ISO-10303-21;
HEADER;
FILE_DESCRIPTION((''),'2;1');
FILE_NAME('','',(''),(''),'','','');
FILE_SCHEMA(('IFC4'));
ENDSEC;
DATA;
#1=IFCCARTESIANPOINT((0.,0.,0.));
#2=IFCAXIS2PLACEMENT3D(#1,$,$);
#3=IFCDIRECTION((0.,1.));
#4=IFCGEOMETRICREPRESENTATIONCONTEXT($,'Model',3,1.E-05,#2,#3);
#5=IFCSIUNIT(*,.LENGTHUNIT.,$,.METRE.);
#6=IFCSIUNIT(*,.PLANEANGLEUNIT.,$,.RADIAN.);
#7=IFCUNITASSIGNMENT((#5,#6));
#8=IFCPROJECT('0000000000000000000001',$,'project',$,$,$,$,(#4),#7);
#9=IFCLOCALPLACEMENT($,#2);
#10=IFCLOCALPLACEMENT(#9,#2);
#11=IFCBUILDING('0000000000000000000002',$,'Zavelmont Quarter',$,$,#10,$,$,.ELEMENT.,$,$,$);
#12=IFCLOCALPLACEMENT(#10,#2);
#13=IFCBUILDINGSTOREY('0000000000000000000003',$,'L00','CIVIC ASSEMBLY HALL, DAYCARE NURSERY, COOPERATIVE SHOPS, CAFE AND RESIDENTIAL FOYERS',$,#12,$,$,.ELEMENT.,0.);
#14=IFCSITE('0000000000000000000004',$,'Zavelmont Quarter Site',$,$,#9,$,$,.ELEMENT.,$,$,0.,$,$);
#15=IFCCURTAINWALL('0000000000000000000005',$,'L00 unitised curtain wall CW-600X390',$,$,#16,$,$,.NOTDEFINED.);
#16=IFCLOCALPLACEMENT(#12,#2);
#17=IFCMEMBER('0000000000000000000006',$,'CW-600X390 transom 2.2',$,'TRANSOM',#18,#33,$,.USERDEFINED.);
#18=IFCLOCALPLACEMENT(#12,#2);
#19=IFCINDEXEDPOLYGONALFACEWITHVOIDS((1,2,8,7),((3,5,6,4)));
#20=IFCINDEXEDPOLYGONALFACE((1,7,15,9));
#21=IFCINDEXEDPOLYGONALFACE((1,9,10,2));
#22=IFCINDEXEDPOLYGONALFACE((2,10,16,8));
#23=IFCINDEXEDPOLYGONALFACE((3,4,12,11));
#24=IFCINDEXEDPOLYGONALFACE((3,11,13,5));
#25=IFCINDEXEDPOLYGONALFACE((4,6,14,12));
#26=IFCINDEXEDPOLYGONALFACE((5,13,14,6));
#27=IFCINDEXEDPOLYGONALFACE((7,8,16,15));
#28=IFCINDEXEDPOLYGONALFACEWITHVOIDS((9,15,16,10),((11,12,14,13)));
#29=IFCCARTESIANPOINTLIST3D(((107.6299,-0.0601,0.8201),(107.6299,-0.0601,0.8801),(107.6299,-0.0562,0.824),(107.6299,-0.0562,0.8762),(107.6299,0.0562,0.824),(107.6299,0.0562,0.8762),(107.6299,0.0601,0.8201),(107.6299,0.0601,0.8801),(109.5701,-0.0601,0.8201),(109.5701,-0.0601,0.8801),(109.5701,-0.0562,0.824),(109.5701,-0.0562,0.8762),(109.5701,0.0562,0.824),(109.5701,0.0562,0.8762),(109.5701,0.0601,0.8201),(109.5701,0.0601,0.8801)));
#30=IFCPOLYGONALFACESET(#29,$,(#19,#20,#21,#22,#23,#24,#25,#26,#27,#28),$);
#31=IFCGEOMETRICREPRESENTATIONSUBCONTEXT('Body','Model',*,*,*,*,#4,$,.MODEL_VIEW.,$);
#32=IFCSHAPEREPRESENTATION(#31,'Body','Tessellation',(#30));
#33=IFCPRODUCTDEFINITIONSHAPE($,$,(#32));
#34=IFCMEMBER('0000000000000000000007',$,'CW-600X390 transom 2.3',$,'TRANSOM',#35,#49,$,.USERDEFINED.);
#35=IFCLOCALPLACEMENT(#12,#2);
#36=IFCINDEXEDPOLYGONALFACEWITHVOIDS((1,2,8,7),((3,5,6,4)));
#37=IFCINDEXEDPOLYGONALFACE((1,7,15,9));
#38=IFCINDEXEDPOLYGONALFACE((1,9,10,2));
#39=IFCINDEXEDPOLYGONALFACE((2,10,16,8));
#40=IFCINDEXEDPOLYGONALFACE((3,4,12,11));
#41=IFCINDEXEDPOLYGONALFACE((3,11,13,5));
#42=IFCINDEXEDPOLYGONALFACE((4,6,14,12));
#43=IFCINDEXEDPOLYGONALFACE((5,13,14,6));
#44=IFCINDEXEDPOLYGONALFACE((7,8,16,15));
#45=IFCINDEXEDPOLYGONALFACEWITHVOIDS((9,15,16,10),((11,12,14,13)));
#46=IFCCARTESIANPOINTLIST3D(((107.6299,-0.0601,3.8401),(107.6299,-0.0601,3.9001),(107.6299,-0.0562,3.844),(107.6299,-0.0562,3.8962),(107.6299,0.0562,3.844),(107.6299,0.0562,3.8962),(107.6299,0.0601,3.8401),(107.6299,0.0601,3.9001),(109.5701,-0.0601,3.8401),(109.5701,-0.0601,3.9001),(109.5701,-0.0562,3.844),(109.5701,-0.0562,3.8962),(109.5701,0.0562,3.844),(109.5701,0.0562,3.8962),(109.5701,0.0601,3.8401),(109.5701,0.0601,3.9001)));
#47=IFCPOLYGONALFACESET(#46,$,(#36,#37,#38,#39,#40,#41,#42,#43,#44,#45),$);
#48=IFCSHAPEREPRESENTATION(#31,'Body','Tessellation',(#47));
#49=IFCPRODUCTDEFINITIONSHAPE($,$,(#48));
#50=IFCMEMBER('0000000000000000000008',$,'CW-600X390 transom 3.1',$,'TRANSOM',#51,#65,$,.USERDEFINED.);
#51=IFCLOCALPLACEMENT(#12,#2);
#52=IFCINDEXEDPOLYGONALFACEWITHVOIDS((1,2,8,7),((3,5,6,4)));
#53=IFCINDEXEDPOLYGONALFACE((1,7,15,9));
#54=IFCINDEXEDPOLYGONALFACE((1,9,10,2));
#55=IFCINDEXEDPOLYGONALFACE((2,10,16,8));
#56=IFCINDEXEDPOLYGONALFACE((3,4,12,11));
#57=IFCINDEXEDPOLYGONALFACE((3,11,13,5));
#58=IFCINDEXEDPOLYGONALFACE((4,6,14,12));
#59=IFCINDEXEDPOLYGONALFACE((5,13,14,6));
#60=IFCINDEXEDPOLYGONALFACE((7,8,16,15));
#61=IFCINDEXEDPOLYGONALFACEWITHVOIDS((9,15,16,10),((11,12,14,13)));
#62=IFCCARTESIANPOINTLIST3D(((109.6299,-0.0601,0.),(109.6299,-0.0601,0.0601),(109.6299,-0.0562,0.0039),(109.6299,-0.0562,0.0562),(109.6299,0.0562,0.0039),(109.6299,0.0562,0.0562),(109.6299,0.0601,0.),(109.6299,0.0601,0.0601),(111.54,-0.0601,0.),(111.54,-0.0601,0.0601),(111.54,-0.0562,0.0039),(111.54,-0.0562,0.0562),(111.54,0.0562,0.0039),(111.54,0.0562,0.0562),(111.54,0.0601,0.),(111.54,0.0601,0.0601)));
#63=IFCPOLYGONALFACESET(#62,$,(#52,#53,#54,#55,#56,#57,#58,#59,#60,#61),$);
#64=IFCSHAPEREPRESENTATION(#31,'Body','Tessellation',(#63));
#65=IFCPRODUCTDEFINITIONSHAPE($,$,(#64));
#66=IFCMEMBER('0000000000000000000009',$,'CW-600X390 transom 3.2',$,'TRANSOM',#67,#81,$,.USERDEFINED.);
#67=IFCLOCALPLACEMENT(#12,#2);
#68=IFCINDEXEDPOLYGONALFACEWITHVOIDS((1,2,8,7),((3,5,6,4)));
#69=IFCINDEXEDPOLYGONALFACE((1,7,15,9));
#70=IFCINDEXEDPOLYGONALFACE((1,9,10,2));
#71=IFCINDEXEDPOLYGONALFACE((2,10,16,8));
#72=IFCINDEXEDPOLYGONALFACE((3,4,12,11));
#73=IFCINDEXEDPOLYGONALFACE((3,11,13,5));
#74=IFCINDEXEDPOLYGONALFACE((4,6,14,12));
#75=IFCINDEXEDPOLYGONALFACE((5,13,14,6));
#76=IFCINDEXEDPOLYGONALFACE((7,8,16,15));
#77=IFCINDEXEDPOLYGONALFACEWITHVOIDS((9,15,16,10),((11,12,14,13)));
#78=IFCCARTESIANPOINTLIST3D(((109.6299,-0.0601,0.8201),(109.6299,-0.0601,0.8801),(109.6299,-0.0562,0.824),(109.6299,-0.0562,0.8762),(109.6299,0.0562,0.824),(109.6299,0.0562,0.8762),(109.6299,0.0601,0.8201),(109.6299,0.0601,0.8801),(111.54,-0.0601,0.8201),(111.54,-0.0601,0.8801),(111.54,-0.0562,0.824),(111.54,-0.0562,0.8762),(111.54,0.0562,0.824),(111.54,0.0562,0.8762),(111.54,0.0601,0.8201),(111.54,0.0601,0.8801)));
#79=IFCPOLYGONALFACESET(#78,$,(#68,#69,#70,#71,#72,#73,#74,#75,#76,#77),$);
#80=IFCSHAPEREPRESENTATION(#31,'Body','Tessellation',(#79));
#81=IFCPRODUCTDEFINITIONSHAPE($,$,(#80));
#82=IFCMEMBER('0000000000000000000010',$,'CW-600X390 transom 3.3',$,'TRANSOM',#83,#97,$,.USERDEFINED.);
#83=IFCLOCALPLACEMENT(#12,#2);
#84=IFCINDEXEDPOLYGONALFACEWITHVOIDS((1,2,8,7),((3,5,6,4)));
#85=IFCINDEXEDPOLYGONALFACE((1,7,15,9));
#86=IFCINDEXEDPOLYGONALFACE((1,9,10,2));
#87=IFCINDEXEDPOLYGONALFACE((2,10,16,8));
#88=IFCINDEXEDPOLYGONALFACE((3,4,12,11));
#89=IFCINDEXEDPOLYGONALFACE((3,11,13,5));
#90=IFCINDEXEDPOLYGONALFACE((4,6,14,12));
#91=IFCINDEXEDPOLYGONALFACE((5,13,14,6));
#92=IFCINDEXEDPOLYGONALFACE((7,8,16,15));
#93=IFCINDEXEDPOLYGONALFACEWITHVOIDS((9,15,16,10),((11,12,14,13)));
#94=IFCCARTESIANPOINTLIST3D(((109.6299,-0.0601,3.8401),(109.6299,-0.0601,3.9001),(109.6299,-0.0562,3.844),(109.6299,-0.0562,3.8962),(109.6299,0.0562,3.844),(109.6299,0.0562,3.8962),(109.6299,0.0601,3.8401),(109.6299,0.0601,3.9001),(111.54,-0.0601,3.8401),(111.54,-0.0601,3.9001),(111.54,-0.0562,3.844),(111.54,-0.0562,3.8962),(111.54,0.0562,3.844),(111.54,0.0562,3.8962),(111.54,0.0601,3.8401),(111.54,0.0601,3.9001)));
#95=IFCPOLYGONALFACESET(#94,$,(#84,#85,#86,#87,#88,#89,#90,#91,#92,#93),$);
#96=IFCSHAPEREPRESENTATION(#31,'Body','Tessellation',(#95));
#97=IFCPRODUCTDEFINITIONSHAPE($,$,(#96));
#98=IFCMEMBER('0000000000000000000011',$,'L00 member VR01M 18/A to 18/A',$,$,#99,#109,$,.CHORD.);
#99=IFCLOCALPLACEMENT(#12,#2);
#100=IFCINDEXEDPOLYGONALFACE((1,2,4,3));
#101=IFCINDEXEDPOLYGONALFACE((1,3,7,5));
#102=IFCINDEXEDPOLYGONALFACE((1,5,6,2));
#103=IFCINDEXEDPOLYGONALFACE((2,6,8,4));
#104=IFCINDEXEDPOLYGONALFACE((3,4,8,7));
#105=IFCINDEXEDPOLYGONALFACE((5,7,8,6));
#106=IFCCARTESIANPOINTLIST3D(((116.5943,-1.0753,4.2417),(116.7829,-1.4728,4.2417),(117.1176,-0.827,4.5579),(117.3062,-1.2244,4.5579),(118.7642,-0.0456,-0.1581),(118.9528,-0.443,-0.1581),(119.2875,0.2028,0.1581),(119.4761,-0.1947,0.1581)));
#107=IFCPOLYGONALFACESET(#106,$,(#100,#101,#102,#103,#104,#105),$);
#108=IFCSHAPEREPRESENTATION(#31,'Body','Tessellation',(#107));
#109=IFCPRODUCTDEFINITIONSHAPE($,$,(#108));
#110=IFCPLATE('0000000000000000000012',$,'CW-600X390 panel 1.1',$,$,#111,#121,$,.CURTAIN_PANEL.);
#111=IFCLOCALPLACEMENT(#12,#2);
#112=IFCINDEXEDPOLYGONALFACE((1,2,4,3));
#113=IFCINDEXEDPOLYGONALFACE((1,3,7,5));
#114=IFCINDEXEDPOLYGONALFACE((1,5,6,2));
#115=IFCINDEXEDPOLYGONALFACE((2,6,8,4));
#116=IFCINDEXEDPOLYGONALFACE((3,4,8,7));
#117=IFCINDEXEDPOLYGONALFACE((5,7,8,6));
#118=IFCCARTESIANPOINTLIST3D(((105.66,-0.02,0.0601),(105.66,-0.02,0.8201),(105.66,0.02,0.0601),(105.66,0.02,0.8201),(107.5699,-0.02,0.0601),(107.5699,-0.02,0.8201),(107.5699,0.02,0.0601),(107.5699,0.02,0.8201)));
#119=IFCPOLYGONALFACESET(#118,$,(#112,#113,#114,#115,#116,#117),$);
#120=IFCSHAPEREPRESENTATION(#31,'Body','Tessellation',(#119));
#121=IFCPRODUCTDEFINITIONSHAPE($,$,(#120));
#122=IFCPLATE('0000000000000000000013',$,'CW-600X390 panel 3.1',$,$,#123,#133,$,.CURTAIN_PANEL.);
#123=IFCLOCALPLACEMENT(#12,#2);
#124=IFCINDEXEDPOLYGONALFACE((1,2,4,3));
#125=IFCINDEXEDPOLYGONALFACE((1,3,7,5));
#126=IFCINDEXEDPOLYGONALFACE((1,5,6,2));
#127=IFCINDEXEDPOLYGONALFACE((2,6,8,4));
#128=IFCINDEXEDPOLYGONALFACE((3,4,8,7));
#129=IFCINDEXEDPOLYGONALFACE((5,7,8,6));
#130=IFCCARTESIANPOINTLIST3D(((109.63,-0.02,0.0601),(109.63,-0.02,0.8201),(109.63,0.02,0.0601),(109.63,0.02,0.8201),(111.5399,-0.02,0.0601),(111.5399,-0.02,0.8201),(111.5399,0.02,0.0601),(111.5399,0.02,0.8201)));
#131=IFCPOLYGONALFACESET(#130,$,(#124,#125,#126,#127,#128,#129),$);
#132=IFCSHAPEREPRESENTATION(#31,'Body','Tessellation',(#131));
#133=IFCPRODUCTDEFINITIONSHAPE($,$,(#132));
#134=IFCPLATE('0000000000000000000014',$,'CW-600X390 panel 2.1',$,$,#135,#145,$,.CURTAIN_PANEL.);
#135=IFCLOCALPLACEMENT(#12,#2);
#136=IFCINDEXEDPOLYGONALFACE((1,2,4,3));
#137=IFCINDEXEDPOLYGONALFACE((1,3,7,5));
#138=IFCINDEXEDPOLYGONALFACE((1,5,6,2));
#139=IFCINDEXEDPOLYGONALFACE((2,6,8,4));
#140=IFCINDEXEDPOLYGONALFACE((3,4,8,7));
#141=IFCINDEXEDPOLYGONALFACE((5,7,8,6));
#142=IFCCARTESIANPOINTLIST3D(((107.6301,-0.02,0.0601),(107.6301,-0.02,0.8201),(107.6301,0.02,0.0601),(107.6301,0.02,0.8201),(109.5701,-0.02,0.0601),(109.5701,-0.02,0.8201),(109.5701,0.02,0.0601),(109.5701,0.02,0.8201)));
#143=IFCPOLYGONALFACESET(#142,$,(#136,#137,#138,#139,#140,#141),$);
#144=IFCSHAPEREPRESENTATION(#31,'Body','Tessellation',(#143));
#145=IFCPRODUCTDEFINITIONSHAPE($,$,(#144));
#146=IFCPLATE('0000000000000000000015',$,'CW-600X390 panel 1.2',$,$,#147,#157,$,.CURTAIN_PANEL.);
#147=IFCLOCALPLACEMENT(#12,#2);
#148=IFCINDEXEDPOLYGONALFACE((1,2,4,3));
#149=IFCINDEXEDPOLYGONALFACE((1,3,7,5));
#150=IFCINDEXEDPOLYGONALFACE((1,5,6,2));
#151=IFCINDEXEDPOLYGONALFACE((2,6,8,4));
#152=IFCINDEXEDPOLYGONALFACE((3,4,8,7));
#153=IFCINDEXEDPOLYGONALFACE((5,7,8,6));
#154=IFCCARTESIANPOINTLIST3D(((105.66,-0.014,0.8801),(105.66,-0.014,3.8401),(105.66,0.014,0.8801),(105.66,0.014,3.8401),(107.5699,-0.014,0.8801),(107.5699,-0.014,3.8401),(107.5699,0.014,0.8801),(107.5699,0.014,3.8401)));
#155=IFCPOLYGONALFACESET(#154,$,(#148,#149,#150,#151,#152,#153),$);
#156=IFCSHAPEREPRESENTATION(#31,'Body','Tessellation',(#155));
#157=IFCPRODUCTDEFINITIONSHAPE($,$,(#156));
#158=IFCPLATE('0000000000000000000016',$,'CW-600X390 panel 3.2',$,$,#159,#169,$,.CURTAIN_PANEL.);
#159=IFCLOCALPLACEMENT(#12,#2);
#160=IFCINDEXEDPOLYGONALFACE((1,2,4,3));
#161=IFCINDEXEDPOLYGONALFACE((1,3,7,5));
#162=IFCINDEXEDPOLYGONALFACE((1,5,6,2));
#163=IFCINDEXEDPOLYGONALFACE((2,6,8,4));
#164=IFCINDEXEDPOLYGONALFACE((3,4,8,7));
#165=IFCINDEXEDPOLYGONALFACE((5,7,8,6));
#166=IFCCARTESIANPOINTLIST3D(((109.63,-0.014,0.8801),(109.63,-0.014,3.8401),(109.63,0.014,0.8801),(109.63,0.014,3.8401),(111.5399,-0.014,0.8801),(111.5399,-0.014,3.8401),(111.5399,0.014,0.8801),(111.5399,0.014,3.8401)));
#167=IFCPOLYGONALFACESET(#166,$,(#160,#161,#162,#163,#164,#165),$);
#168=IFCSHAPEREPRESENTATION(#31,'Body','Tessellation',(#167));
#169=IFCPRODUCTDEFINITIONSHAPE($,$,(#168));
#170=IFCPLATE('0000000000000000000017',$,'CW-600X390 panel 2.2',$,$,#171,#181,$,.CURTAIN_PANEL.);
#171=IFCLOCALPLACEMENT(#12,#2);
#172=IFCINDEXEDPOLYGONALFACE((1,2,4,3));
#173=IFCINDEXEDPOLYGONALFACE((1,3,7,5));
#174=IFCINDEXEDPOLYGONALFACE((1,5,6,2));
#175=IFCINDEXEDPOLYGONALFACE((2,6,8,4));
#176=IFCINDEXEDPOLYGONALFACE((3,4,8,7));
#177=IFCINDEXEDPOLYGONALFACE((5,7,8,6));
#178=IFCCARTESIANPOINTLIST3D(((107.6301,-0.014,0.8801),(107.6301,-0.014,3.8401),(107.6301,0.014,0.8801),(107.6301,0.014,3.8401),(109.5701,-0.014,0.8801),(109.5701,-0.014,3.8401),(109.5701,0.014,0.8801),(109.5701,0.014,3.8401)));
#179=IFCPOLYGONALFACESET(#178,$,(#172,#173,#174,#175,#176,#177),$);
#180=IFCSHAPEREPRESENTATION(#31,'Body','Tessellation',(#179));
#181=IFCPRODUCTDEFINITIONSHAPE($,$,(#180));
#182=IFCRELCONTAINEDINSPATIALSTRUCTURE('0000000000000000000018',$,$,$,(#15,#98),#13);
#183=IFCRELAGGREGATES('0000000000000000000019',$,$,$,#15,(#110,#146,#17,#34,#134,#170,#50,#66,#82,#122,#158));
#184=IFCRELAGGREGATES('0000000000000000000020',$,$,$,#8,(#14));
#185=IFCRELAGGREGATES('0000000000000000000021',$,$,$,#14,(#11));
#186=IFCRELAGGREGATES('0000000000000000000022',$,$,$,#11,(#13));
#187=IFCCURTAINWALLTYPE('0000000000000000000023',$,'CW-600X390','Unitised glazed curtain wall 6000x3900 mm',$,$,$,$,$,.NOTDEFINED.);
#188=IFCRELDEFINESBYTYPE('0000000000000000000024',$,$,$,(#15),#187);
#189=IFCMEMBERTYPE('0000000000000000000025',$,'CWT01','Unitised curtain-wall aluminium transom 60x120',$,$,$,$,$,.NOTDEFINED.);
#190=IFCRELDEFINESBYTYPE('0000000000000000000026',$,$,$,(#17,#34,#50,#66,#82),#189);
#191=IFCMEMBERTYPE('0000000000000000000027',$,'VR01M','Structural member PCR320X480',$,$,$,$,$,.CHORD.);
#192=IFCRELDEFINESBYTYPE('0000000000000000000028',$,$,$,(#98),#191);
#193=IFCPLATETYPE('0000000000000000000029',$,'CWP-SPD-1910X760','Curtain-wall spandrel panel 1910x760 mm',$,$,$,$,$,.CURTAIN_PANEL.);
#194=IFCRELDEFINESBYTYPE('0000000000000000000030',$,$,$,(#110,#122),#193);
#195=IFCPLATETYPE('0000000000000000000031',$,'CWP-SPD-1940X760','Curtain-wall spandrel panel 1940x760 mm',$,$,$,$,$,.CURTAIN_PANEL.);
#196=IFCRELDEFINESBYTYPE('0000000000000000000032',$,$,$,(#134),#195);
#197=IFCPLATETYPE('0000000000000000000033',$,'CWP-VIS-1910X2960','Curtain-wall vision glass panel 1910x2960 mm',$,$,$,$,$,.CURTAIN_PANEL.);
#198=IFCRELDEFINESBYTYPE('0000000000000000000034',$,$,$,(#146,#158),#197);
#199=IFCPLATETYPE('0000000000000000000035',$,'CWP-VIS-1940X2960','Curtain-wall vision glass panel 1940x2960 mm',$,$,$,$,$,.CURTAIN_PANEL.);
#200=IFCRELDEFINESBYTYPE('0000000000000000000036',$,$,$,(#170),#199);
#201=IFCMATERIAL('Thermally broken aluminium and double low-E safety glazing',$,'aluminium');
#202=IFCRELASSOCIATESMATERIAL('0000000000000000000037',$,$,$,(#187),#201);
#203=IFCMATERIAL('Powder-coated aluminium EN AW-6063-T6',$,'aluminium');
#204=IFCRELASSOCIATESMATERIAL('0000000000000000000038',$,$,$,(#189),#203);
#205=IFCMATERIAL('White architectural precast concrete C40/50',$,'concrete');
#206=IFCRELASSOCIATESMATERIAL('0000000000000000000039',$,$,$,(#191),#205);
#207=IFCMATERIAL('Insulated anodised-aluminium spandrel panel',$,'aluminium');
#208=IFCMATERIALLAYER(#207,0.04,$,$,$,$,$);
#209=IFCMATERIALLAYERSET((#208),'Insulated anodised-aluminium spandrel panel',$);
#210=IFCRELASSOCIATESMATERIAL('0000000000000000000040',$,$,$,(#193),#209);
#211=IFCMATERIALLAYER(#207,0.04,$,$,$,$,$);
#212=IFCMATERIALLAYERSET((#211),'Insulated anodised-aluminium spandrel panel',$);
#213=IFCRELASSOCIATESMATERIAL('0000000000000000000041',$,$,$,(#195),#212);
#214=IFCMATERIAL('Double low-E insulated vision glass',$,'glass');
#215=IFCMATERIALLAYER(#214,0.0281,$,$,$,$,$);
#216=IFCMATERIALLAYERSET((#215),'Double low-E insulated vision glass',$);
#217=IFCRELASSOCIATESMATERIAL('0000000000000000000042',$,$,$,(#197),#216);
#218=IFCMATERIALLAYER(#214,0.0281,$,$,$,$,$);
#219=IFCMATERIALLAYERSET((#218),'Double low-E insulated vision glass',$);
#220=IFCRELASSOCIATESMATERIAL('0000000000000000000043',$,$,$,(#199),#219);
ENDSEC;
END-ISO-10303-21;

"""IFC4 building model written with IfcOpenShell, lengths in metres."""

from ifc_helpers import new_model, si_unit, direction, frame, origin, origin_2d, place, context, subcontext, project, spatial, rectangle, hollow_rectangle, extrude, material, layer, layer_set, material_profile, profile_set, type_object, element, aggregate, save


model = new_model("IFC4")

# Units and contexts
model_context = context("Model", 3, precision=1e-05, world=origin(), true_north=direction((0.0, 1.0)))
body_context = subcontext(model_context, "Body", "Model", "MODEL_VIEW")
ifc_project = project(units=[si_unit("LENGTHUNIT", "METRE"), si_unit("PLANEANGLEUNIT", "RADIAN")], contexts=[model_context])

# Site, building, storey
site_placement = place(None, origin())
site = spatial("IfcSite", under=ifc_project, at=site_placement, Name="Zavelmont Quarter Site", CompositionType="ELEMENT", RefElevation=0.0)
building_placement = place(site_placement, origin())
building = spatial("IfcBuilding", under=site, at=building_placement, Name="Zavelmont Quarter", CompositionType="ELEMENT")
storey_placement = place(building_placement, origin())
storey = spatial("IfcBuildingStorey", under=building, at=storey_placement, Name="L00", Description="CIVIC ASSEMBLY HALL, DAYCARE NURSERY, COOPERATIVE SHOPS, CAFE AND RESIDENTIAL FOYERS", CompositionType="ELEMENT", Elevation=0.0)

# Shared definitions
ifc_material_1 = material(Name="Thermally broken aluminium and double low-E safety glazing", Category="aluminium")
ifc_material_2 = material(Name="Powder-coated aluminium EN AW-6063-T6", Category="aluminium")

# Curtain wall
curtain_wall_type_1 = type_object("IfcCurtainWallType", Name="CW-600X390", Description="Unitised glazed curtain wall 6000x3900 mm", PredefinedType="NOTDEFINED", material=ifc_material_1)
curtain_wall_1_placement = place(storey_placement, origin())
curtain_wall_1 = element("IfcCurtainWall", 1, at=curtain_wall_1_placement, inside=storey, type_object=curtain_wall_type_1, Name="L00 unitised curtain wall CW-600X390", PredefinedType="NOTDEFINED")

# Members
ifc_material_profile_1 = material_profile(ifc_material_2, hollow_rectangle(XDim=0.1201, YDim=0.0601, WallThickness=0.0039, at=origin_2d()), Name="CWT60X120")
ifc_profile_set_1 = profile_set([ifc_material_profile_1], Name="Powder-coated aluminium EN AW-6063-T6")
member_type_1 = type_object("IfcMemberType", Name="CWT01", Description="Unitised curtain-wall aluminium transom 60x120", PredefinedType="NOTDEFINED", material=ifc_profile_set_1)
member_1_placement = place(storey_placement, frame((107.6299, 0.0, 0.8501), z_axis=(1.0, 0.0, 0.0), x_axis=(0.0, 1.0, 0.0)))
member_1 = element("IfcMember", 2, at=member_1_placement, type_object=member_type_1, Name="CW-600X390 transom 2.2", ObjectType="TRANSOM", PredefinedType="USERDEFINED", context=body_context, shape_type="SweptSolid", body=[
    extrude(hollow_rectangle(XDim=0.1201, YDim=0.0601, WallThickness=0.0039, at=origin_2d()), origin(), (0.0, 0.0, 1.0), 1.9402),
])
member_2_placement = place(storey_placement, frame((107.6299, 0.0, 3.8701), z_axis=(1.0, 0.0, 0.0), x_axis=(0.0, 1.0, 0.0)))
member_2 = element("IfcMember", 3, at=member_2_placement, type_object=member_type_1, Name="CW-600X390 transom 2.3", ObjectType="TRANSOM", PredefinedType="USERDEFINED", context=body_context, shape_type="SweptSolid", body=[
    extrude(hollow_rectangle(XDim=0.1201, YDim=0.0601, WallThickness=0.0039, at=origin_2d()), origin(), (0.0, 0.0, 1.0), 1.9402),
])
member_3_placement = place(storey_placement, frame((109.6299, 0.0, 0.03), z_axis=(1.0, 0.0, 0.0), x_axis=(0.0, 1.0, 0.0)))
member_3 = element("IfcMember", 4, at=member_3_placement, type_object=member_type_1, Name="CW-600X390 transom 3.1", ObjectType="TRANSOM", PredefinedType="USERDEFINED", context=body_context, shape_type="SweptSolid", body=[
    extrude(hollow_rectangle(XDim=0.1201, YDim=0.0601, WallThickness=0.0039, at=origin_2d()), origin(), (0.0, 0.0, 1.0), 1.9102),
])
member_4_placement = place(storey_placement, frame((109.6299, 0.0, 0.8501), z_axis=(1.0, 0.0, 0.0), x_axis=(0.0, 1.0, 0.0)))
member_4 = element("IfcMember", 5, at=member_4_placement, type_object=member_type_1, Name="CW-600X390 transom 3.2", ObjectType="TRANSOM", PredefinedType="USERDEFINED", context=body_context, shape_type="SweptSolid", body=[
    extrude(hollow_rectangle(XDim=0.1201, YDim=0.0601, WallThickness=0.0039, at=origin_2d()), origin(), (0.0, 0.0, 1.0), 1.9102),
])
member_5_placement = place(storey_placement, frame((109.6299, 0.0, 3.8701), z_axis=(1.0, 0.0, 0.0), x_axis=(0.0, 1.0, 0.0)))
member_5 = element("IfcMember", 6, at=member_5_placement, type_object=member_type_1, Name="CW-600X390 transom 3.3", ObjectType="TRANSOM", PredefinedType="USERDEFINED", context=body_context, shape_type="SweptSolid", body=[
    extrude(hollow_rectangle(XDim=0.1201, YDim=0.0601, WallThickness=0.0039, at=origin_2d()), origin(), (0.0, 0.0, 1.0), 1.9102),
])
ifc_material_3 = material(Name="White architectural precast concrete C40/50", Category="concrete")
ifc_material_profile_2 = material_profile(ifc_material_3, rectangle(XDim=0.4399, YDim=0.6599, at=origin_2d()), Name="PCR320X480")
ifc_profile_set_2 = profile_set([ifc_material_profile_2], Name="White architectural precast concrete C40/50")
member_type_2 = type_object("IfcMemberType", Name="VR01M", Description="Structural member PCR320X480", PredefinedType="CHORD", material=ifc_profile_set_2)
member_6_placement = place(storey_placement, frame((119.1201, -0.1201, 0.0), z_axis=(-0.432876, -0.205431, 0.877734), x_axis=(0.428742, -0.903427, 0.0)))
element("IfcMember", 7, at=member_6_placement, inside=storey, type_object=member_type_2, Name="L00 member VR01M 18/A to 18/A", PredefinedType="CHORD", context=body_context, shape_type="SweptSolid", body=[
    extrude(rectangle(XDim=0.4399, YDim=0.6599, at=origin_2d()), origin(), (0.0, 0.0, 1.0), 5.0127),
])

# Plates
ifc_material_4 = material(Name="Insulated anodised-aluminium spandrel panel", Category="aluminium")
ifc_layer_1 = layer(ifc_material_4, 0.04)
ifc_layer_set_1 = layer_set([ifc_layer_1], Name="Insulated anodised-aluminium spandrel panel")
plate_type_1 = type_object("IfcPlateType", Name="CWP-SPD-1910X760", Description="Curtain-wall spandrel panel 1910x760 mm", PredefinedType="CURTAIN_PANEL", material=ifc_layer_set_1)
plate_1_placement = place(storey_placement, frame((106.615, 0.0, 0.0601), z_axis=(0.0, 0.0, 1.0), x_axis=(1.0, 0.0, 0.0)))
plate_1 = element("IfcPlate", 8, at=plate_1_placement, type_object=plate_type_1, Name="CW-600X390 panel 1.1", PredefinedType="CURTAIN_PANEL", context=body_context, shape_type="SweptSolid", body=[
    extrude(rectangle(XDim=1.9099, YDim=0.04, at=origin_2d()), origin(), (0.0, 0.0, 1.0), 0.76),
])
plate_2_placement = place(storey_placement, frame((110.585, 0.0, 0.0601), z_axis=(0.0, 0.0, 1.0), x_axis=(1.0, 0.0, 0.0)))
plate_2 = element("IfcPlate", 9, at=plate_2_placement, type_object=plate_type_1, Name="CW-600X390 panel 3.1", PredefinedType="CURTAIN_PANEL", context=body_context, shape_type="SweptSolid", body=[
    extrude(rectangle(XDim=1.9099, YDim=0.04, at=origin_2d()), origin(), (0.0, 0.0, 1.0), 0.76),
])
ifc_layer_2 = layer(ifc_material_4, 0.04)
ifc_layer_set_2 = layer_set([ifc_layer_2], Name="Insulated anodised-aluminium spandrel panel")
plate_type_2 = type_object("IfcPlateType", Name="CWP-SPD-1940X760", Description="Curtain-wall spandrel panel 1940x760 mm", PredefinedType="CURTAIN_PANEL", material=ifc_layer_set_2)
plate_3_placement = place(storey_placement, frame((108.6001, 0.0, 0.0601), z_axis=(0.0, 0.0, 1.0), x_axis=(1.0, 0.0, 0.0)))
plate_3 = element("IfcPlate", 10, at=plate_3_placement, type_object=plate_type_2, Name="CW-600X390 panel 2.1", PredefinedType="CURTAIN_PANEL", context=body_context, shape_type="SweptSolid", body=[
    extrude(rectangle(XDim=1.9399, YDim=0.04, at=origin_2d()), origin(), (0.0, 0.0, 1.0), 0.76),
])
ifc_material_5 = material(Name="Double low-E insulated vision glass", Category="glass")
ifc_layer_3 = layer(ifc_material_5, 0.0281)
ifc_layer_set_3 = layer_set([ifc_layer_3], Name="Double low-E insulated vision glass")
plate_type_3 = type_object("IfcPlateType", Name="CWP-VIS-1910X2960", Description="Curtain-wall vision glass panel 1910x2960 mm", PredefinedType="CURTAIN_PANEL", material=ifc_layer_set_3)
plate_4_placement = place(storey_placement, frame((106.615, 0.0, 0.8801), z_axis=(0.0, 0.0, 1.0), x_axis=(1.0, 0.0, 0.0)))
plate_4 = element("IfcPlate", 11, at=plate_4_placement, type_object=plate_type_3, Name="CW-600X390 panel 1.2", PredefinedType="CURTAIN_PANEL", context=body_context, shape_type="SweptSolid", body=[
    extrude(rectangle(XDim=1.9099, YDim=0.0281, at=origin_2d()), origin(), (0.0, 0.0, 1.0), 2.96),
])
plate_5_placement = place(storey_placement, frame((110.585, 0.0, 0.8801), z_axis=(0.0, 0.0, 1.0), x_axis=(1.0, 0.0, 0.0)))
plate_5 = element("IfcPlate", 12, at=plate_5_placement, type_object=plate_type_3, Name="CW-600X390 panel 3.2", PredefinedType="CURTAIN_PANEL", context=body_context, shape_type="SweptSolid", body=[
    extrude(rectangle(XDim=1.9099, YDim=0.0281, at=origin_2d()), origin(), (0.0, 0.0, 1.0), 2.96),
])
ifc_layer_4 = layer(ifc_material_5, 0.0281)
ifc_layer_set_4 = layer_set([ifc_layer_4], Name="Double low-E insulated vision glass")
plate_type_4 = type_object("IfcPlateType", Name="CWP-VIS-1940X2960", Description="Curtain-wall vision glass panel 1940x2960 mm", PredefinedType="CURTAIN_PANEL", material=ifc_layer_set_4)
plate_6_placement = place(storey_placement, frame((108.6001, 0.0, 0.8801), z_axis=(0.0, 0.0, 1.0), x_axis=(1.0, 0.0, 0.0)))
plate_6 = element("IfcPlate", 13, at=plate_6_placement, type_object=plate_type_4, Name="CW-600X390 panel 2.2", PredefinedType="CURTAIN_PANEL", context=body_context, shape_type="SweptSolid", body=[
    extrude(rectangle(XDim=1.9399, YDim=0.0281, at=origin_2d()), origin(), (0.0, 0.0, 1.0), 2.96),
])
aggregate(curtain_wall_1, [plate_1, plate_4, member_1, member_2, plate_3, plate_6, member_3, member_4, member_5, plate_2, plate_5])

save(model, "model.ifc")
